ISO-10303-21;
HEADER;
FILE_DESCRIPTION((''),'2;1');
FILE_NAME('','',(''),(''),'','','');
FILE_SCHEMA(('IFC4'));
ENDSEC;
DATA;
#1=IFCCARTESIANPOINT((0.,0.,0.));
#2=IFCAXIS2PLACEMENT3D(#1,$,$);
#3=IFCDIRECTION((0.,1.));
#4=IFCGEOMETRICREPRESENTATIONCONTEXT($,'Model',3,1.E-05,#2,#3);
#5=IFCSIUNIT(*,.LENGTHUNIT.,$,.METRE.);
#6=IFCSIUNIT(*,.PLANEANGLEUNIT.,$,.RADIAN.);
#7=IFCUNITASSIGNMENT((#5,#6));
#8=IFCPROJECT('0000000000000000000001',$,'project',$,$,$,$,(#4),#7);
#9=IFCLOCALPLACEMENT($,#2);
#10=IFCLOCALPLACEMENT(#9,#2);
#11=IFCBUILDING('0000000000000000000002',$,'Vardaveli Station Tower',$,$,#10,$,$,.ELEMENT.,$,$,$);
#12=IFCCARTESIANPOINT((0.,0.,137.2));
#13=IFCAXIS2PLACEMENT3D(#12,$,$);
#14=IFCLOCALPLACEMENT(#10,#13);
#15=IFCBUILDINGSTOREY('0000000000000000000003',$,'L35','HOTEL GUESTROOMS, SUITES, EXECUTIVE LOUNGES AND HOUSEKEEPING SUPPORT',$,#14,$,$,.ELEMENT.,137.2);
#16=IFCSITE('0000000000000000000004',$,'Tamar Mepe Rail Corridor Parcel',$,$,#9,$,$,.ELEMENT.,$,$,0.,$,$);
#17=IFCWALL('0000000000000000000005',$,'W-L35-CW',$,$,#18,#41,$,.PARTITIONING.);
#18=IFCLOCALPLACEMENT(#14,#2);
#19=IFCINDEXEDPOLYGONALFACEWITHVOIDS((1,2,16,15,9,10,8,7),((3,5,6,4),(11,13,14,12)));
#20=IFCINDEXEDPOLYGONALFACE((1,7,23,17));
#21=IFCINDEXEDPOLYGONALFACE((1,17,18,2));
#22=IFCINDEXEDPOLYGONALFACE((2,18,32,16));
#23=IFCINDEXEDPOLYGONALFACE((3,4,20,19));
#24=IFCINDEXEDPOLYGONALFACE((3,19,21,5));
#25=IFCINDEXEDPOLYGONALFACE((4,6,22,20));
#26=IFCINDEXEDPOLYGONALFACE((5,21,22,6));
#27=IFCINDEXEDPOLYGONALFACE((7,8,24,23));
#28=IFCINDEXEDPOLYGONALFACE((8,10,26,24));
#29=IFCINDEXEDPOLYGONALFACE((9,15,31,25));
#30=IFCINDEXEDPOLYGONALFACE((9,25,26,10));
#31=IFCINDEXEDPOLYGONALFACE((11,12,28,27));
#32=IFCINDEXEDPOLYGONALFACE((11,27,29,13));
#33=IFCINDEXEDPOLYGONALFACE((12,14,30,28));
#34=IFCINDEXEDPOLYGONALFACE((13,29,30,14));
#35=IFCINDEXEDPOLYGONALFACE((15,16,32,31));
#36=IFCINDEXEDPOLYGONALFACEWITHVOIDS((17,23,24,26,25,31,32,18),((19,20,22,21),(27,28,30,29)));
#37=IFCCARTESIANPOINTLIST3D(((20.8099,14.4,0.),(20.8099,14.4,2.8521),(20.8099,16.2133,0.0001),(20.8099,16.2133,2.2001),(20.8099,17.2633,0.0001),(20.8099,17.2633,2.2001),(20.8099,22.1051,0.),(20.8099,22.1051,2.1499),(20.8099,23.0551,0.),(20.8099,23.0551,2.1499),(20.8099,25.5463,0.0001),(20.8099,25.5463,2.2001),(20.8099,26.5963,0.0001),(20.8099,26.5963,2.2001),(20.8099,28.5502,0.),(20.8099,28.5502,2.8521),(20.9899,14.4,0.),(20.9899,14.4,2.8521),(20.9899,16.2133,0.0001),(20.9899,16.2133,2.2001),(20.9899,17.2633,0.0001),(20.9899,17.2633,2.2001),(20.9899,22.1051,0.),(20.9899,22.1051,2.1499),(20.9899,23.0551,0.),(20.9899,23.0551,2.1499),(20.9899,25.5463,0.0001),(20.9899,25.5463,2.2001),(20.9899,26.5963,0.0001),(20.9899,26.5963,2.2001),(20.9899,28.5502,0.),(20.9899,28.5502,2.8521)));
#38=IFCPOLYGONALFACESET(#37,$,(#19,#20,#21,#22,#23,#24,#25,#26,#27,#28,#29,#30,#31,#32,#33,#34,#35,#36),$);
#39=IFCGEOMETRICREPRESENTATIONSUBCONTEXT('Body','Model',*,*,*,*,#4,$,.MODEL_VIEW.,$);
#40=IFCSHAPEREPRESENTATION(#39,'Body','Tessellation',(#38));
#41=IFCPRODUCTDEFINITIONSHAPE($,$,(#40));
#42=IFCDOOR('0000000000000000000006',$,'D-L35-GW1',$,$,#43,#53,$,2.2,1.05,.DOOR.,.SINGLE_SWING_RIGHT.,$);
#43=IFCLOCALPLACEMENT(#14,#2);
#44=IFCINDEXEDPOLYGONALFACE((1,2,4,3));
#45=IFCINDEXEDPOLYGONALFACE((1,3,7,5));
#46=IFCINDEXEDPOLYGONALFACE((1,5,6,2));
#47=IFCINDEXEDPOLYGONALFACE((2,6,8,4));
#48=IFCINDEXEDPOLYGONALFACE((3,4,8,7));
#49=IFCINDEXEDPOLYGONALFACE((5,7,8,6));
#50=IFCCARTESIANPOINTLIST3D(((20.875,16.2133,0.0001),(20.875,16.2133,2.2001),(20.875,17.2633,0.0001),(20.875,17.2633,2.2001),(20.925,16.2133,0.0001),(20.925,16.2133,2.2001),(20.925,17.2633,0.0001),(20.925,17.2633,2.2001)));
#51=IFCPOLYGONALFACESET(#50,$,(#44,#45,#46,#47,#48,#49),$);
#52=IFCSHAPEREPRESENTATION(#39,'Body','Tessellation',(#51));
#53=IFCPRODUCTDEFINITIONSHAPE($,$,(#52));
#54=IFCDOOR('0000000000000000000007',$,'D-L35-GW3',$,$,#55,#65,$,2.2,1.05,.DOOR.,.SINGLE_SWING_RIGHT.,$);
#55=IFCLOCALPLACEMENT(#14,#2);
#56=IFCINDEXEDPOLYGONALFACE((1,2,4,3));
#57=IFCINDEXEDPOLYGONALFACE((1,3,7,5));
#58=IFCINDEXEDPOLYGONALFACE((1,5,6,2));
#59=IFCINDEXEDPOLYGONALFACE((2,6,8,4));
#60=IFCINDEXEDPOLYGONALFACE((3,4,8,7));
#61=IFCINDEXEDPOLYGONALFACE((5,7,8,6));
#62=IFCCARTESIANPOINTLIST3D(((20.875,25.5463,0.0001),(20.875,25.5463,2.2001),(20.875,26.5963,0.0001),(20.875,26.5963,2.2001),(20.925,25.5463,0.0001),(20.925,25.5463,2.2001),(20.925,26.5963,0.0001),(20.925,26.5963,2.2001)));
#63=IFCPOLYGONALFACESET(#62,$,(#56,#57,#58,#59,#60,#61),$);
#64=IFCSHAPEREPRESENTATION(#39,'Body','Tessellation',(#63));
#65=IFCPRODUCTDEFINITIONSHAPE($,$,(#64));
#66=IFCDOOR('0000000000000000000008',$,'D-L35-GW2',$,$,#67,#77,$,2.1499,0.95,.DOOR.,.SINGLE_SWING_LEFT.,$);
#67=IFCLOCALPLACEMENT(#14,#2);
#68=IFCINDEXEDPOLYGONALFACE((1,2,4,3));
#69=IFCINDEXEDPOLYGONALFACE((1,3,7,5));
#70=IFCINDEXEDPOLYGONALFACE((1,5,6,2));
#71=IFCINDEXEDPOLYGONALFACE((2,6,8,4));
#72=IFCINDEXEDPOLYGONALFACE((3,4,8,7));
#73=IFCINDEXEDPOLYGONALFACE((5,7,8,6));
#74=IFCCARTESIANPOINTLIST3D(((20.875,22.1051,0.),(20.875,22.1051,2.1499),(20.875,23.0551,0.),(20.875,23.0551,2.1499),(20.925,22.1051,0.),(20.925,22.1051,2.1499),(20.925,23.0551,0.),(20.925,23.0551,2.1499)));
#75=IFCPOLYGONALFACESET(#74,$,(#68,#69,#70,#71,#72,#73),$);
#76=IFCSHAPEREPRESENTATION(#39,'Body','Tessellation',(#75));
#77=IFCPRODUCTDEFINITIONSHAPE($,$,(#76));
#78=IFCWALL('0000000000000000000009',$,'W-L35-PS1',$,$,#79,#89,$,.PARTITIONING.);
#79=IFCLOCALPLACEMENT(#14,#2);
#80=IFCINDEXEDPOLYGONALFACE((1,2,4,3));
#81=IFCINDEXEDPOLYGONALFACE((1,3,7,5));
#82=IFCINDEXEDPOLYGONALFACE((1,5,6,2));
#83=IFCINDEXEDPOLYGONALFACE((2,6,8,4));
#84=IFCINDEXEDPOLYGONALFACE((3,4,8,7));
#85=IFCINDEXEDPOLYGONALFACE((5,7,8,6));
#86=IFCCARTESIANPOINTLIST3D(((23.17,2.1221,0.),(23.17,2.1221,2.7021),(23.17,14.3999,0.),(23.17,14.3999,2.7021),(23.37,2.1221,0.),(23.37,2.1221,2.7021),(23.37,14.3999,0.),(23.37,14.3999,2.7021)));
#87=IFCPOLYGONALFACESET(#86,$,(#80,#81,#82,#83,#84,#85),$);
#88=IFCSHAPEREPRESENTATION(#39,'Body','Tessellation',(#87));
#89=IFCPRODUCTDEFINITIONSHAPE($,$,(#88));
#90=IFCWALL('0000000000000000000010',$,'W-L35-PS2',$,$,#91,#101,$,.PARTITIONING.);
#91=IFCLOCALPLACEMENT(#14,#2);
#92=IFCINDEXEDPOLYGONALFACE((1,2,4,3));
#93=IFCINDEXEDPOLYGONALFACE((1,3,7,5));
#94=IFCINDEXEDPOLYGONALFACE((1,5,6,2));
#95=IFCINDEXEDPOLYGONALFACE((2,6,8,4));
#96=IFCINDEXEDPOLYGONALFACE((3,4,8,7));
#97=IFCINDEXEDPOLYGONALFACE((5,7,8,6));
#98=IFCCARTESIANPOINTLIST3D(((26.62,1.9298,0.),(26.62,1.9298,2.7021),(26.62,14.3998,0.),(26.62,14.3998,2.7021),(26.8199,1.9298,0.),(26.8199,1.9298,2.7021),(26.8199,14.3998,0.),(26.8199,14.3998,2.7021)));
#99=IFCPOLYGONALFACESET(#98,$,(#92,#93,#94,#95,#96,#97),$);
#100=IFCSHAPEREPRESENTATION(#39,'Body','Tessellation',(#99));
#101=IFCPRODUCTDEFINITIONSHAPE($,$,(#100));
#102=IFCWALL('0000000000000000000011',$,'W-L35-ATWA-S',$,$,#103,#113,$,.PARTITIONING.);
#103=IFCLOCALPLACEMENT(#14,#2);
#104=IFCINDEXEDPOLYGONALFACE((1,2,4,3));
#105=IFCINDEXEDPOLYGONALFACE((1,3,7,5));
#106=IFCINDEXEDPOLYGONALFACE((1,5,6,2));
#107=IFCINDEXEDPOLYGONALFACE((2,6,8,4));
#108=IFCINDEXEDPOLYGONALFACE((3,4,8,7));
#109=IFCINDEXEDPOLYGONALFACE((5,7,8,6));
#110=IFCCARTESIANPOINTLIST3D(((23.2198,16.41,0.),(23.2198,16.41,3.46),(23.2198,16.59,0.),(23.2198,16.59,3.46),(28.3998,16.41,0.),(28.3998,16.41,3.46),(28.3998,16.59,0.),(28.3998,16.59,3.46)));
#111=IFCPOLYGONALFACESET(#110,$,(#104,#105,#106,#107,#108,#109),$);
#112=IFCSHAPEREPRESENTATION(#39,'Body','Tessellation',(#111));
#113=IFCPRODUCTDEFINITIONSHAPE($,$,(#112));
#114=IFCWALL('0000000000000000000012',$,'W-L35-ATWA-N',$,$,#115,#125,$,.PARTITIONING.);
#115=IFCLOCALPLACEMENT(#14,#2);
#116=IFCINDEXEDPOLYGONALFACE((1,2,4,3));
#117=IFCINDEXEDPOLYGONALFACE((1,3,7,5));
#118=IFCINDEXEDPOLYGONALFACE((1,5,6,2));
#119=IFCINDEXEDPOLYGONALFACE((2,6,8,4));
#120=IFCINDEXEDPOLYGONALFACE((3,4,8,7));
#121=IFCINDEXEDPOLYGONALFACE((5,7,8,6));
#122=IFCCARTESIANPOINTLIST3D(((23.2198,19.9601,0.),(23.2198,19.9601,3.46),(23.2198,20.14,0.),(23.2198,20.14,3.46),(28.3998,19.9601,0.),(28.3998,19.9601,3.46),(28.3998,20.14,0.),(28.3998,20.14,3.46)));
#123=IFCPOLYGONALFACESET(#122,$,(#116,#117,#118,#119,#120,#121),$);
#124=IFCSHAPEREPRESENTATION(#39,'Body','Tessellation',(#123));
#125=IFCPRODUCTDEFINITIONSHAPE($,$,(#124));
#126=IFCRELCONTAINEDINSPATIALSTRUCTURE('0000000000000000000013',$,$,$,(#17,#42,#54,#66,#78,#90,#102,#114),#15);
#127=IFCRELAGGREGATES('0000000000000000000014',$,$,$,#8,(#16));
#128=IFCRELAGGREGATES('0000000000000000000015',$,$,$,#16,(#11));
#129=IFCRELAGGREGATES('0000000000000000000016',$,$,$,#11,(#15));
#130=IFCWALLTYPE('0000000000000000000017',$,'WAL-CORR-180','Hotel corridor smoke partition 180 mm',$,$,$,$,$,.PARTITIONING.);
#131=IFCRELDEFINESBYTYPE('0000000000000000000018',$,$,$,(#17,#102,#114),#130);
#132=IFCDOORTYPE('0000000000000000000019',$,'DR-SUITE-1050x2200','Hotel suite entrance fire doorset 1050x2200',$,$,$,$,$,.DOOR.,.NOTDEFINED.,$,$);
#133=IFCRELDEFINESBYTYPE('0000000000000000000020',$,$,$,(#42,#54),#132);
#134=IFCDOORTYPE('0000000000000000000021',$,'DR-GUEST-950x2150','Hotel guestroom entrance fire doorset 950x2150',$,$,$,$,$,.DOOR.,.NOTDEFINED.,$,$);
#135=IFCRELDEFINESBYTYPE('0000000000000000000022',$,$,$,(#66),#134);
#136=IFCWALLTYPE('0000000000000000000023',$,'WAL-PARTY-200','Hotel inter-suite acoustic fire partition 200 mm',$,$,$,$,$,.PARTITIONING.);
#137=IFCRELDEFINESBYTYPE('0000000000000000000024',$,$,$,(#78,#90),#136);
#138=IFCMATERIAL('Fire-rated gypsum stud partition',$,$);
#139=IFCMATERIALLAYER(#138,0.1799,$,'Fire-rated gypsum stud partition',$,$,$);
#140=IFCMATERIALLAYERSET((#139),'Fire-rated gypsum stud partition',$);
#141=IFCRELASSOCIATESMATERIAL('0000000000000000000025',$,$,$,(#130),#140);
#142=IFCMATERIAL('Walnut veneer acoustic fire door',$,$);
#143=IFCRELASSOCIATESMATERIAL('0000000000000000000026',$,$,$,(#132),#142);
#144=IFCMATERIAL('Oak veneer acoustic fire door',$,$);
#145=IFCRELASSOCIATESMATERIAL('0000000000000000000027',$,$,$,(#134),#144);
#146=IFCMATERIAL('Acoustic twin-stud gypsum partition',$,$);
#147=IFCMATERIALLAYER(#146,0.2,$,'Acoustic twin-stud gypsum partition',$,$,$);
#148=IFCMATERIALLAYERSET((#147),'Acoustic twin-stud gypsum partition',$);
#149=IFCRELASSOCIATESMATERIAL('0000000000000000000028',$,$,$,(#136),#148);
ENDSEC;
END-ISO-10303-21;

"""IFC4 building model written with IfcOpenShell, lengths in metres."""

from ifc_helpers import new_model, si_unit, direction, frame, frame_2d, origin, place, context, subcontext, project, spatial, rectangle, extrude, source, transform, mapped, material, layer, layer_set, type_object, element, fill, save


model = new_model("IFC4")

# Units and contexts
model_context = context("Model", 3, precision=1e-05, world=origin(), true_north=direction((0.0, 1.0)))
body_context = subcontext(model_context, "Body", "Model", "MODEL_VIEW")
ifc_project = project(units=[si_unit("LENGTHUNIT", "METRE"), si_unit("PLANEANGLEUNIT", "RADIAN")], contexts=[model_context])

# Site, building, storey
site_placement = place(None, origin())
site = spatial("IfcSite", under=ifc_project, at=site_placement, Name="Tamar Mepe Rail Corridor Parcel", CompositionType="ELEMENT", RefElevation=0.0)
building_placement = place(site_placement, origin())
building = spatial("IfcBuilding", under=site, at=building_placement, Name="Vardaveli Station Tower", CompositionType="ELEMENT")
storey_placement = place(building_placement, frame((0.0, 0.0, 137.2)))
storey = spatial("IfcBuildingStorey", under=building, at=storey_placement, Name="L35", Description="HOTEL GUESTROOMS, SUITES, EXECUTIVE LOUNGES AND HOUSEKEEPING SUPPORT", CompositionType="ELEMENT", Elevation=137.2)

# Shared definitions
ifc_material_1 = material(Name="Fire-rated gypsum stud partition")
ifc_layer_1 = layer(ifc_material_1, 0.1799, Name="Fire-rated gypsum stud partition")
ifc_layer_set_1 = layer_set([ifc_layer_1], Name="Fire-rated gypsum stud partition")
wall_type_1 = type_object("IfcWallType", Name="WAL-CORR-180", Description="Hotel corridor smoke partition 180 mm", PredefinedType="PARTITIONING", material=ifc_layer_set_1)
shared_shape_1 = source(origin(), body_context, "Body", "SweptSolid", [
    extrude(rectangle(XDim=1.05, YDim=2.2, at=frame_2d((0.5249, 1.1001))), frame((0.0, 0.1001, 0.0), z_axis=(0.0, -1.0, 0.0), x_axis=(1.0, 0.0, 0.0)), (0.0, 0.0, 1.0), 0.2),
])
ifc_material_2 = material(Name="Walnut veneer acoustic fire door")
door_type_1 = type_object("IfcDoorType", Name="DR-SUITE-1050x2200", Description="Hotel suite entrance fire doorset 1050x2200", OperationType="NOTDEFINED", PredefinedType="DOOR", material=ifc_material_2)
shared_shape_2 = source(origin(), body_context, "Body", "SweptSolid", [
    extrude(rectangle(XDim=1.05, YDim=2.2, at=frame_2d((0.5249, 1.1001))), frame((0.0, 0.0249, 0.0), z_axis=(0.0, -1.0, 0.0), x_axis=(1.0, 0.0, 0.0)), (0.0, 0.0, 1.0), 0.05),
])

# Wall, openings, doors
shared_shape_3 = source(origin(), body_context, "Body", "SweptSolid", [
    extrude(rectangle(XDim=14.1501, YDim=0.1799, at=frame_2d((7.0752, 0.0))), origin(), (0.0, 0.0, 1.0), 2.8521),
])
wall_1_placement = place(storey_placement, frame((20.8999, 14.3999, 0.0), z_axis=(0.0, 0.0, 1.0), x_axis=(0.0, 1.0, 0.0)))
wall_1 = element("IfcWall", 1, at=wall_1_placement, inside=storey, type_object=wall_type_1, Name="W-L35-CW", PredefinedType="PARTITIONING", context=body_context, shape_type="MappedRepresentation", body=[
    mapped(shared_shape_3, transform((0.0, 0.0, 0.0), scale=1.0)),
])
opening_1_placement = place(wall_1_placement, frame((1.8135, 0.0, 0.0)))
opening_1 = element("IfcOpeningElement", 2, at=opening_1_placement, cuts=wall_1, PredefinedType="OPENING", context=body_context, shape_type="MappedRepresentation", body=[
    mapped(shared_shape_1, transform((0.0, 0.0, 0.0), scale=1.0)),
])
shared_shape_4 = source(origin(), body_context, "Body", "SweptSolid", [
    extrude(rectangle(XDim=0.95, YDim=2.1499, at=frame_2d((0.4751, 1.075))), frame((0.0, 0.1001, 0.0), z_axis=(0.0, -1.0, 0.0), x_axis=(1.0, 0.0, 0.0)), (0.0, 0.0, 1.0), 0.2),
])
opening_2_placement = place(wall_1_placement, frame((7.7051, 0.0, 0.0)))
opening_2 = element("IfcOpeningElement", 3, at=opening_2_placement, cuts=wall_1, PredefinedType="OPENING", context=body_context, shape_type="MappedRepresentation", body=[
    mapped(shared_shape_4, transform((0.0, 0.0, 0.0), scale=1.0)),
])
opening_3_placement = place(wall_1_placement, frame((11.1465, 0.0, 0.0)))
opening_3 = element("IfcOpeningElement", 4, at=opening_3_placement, cuts=wall_1, PredefinedType="OPENING", context=body_context, shape_type="MappedRepresentation", body=[
    mapped(shared_shape_1, transform((0.0, 0.0, 0.0), scale=1.0)),
])
door_1_placement = place(opening_1_placement, origin())
door_1 = element("IfcDoor", 5, at=door_1_placement, inside=storey, type_object=door_type_1, Name="D-L35-GW1", OperationType="SINGLE_SWING_RIGHT", OverallHeight=2.2, OverallWidth=1.05, PredefinedType="DOOR", context=body_context, shape_type="MappedRepresentation", body=[
    mapped(shared_shape_2, transform((0.0, 0.0, 0.0), scale=1.0)),
])
fill(opening_1, door_1)
door_2_placement = place(opening_3_placement, origin())
door_2 = element("IfcDoor", 6, at=door_2_placement, inside=storey, type_object=door_type_1, Name="D-L35-GW3", OperationType="SINGLE_SWING_RIGHT", OverallHeight=2.2, OverallWidth=1.05, PredefinedType="DOOR", context=body_context, shape_type="MappedRepresentation", body=[
    mapped(shared_shape_2, transform((0.0, 0.0, 0.0), scale=1.0)),
])
fill(opening_3, door_2)
ifc_material_3 = material(Name="Oak veneer acoustic fire door")
door_type_2 = type_object("IfcDoorType", Name="DR-GUEST-950x2150", Description="Hotel guestroom entrance fire doorset 950x2150", OperationType="NOTDEFINED", PredefinedType="DOOR", material=ifc_material_3)
shared_shape_5 = source(origin(), body_context, "Body", "SweptSolid", [
    extrude(rectangle(XDim=0.95, YDim=2.1499, at=frame_2d((0.4751, 1.075))), frame((0.0, 0.0249, 0.0), z_axis=(0.0, -1.0, 0.0), x_axis=(1.0, 0.0, 0.0)), (0.0, 0.0, 1.0), 0.05),
])
door_3_placement = place(opening_2_placement, origin())
door_3 = element("IfcDoor", 7, at=door_3_placement, inside=storey, type_object=door_type_2, Name="D-L35-GW2", OperationType="SINGLE_SWING_LEFT", OverallHeight=2.1499, OverallWidth=0.95, PredefinedType="DOOR", context=body_context, shape_type="MappedRepresentation", body=[
    mapped(shared_shape_5, transform((0.0, 0.0, 0.0), scale=1.0)),
])
fill(opening_2, door_3)

# Walls
ifc_material_4 = material(Name="Acoustic twin-stud gypsum partition")
ifc_layer_2 = layer(ifc_material_4, 0.2, Name="Acoustic twin-stud gypsum partition")
ifc_layer_set_2 = layer_set([ifc_layer_2], Name="Acoustic twin-stud gypsum partition")
wall_type_2 = type_object("IfcWallType", Name="WAL-PARTY-200", Description="Hotel inter-suite acoustic fire partition 200 mm", PredefinedType="PARTITIONING", material=ifc_layer_set_2)
shared_shape_6 = source(origin(), body_context, "Body", "SweptSolid", [
    extrude(rectangle(XDim=12.2778, YDim=0.2, at=frame_2d((6.1389, 0.0))), origin(), (0.0, 0.0, 1.0), 2.7021),
])
wall_2_placement = place(storey_placement, frame((23.27, 2.1221, 0.0), z_axis=(0.0, 0.0, 1.0), x_axis=(0.0, 1.0, 0.0)))
element("IfcWall", 8, at=wall_2_placement, inside=storey, type_object=wall_type_2, Name="W-L35-PS1", PredefinedType="PARTITIONING", context=body_context, shape_type="MappedRepresentation", body=[
    mapped(shared_shape_6, transform((0.0, 0.0, 0.0), scale=1.0)),
])
shared_shape_7 = source(origin(), body_context, "Body", "SweptSolid", [
    extrude(rectangle(XDim=12.47, YDim=0.2, at=frame_2d((6.2349, 0.0))), origin(), (0.0, 0.0, 1.0), 2.7021),
])
wall_3_placement = place(storey_placement, frame((26.72, 1.9299, 0.0), z_axis=(0.0, 0.0, 1.0), x_axis=(0.0, 1.0, 0.0)))
element("IfcWall", 9, at=wall_3_placement, inside=storey, type_object=wall_type_2, Name="W-L35-PS2", PredefinedType="PARTITIONING", context=body_context, shape_type="MappedRepresentation", body=[
    mapped(shared_shape_7, transform((0.0, 0.0, 0.0), scale=1.0)),
])
shared_shape_8 = source(origin(), body_context, "Body", "SweptSolid", [
    extrude(rectangle(XDim=5.1799, YDim=0.1799, at=frame_2d((2.5898, 0.0))), origin(), (0.0, 0.0, 1.0), 3.46),
])
for number, where, z_axis, x_axis, name in (
    (10, (23.22, 16.5, 0.0), (0.0, 0.0, 1.0), (1.0, 0.0, 0.0), "W-L35-ATWA-S"),
    (11, (23.22, 20.05, 0.0), (0.0, 0.0, 1.0), (1.0, 0.0, 0.0), "W-L35-ATWA-N"),
):
    element("IfcWall", number, at=place(storey_placement, frame(where, z_axis=z_axis, x_axis=x_axis)), inside=storey, type_object=wall_type_1, Name=name, PredefinedType="PARTITIONING", context=body_context, shape_type="MappedRepresentation", body=[
        mapped(shared_shape_8, transform((0.0, 0.0, 0.0), scale=1.0)),
    ])

save(model, "model.ifc")
